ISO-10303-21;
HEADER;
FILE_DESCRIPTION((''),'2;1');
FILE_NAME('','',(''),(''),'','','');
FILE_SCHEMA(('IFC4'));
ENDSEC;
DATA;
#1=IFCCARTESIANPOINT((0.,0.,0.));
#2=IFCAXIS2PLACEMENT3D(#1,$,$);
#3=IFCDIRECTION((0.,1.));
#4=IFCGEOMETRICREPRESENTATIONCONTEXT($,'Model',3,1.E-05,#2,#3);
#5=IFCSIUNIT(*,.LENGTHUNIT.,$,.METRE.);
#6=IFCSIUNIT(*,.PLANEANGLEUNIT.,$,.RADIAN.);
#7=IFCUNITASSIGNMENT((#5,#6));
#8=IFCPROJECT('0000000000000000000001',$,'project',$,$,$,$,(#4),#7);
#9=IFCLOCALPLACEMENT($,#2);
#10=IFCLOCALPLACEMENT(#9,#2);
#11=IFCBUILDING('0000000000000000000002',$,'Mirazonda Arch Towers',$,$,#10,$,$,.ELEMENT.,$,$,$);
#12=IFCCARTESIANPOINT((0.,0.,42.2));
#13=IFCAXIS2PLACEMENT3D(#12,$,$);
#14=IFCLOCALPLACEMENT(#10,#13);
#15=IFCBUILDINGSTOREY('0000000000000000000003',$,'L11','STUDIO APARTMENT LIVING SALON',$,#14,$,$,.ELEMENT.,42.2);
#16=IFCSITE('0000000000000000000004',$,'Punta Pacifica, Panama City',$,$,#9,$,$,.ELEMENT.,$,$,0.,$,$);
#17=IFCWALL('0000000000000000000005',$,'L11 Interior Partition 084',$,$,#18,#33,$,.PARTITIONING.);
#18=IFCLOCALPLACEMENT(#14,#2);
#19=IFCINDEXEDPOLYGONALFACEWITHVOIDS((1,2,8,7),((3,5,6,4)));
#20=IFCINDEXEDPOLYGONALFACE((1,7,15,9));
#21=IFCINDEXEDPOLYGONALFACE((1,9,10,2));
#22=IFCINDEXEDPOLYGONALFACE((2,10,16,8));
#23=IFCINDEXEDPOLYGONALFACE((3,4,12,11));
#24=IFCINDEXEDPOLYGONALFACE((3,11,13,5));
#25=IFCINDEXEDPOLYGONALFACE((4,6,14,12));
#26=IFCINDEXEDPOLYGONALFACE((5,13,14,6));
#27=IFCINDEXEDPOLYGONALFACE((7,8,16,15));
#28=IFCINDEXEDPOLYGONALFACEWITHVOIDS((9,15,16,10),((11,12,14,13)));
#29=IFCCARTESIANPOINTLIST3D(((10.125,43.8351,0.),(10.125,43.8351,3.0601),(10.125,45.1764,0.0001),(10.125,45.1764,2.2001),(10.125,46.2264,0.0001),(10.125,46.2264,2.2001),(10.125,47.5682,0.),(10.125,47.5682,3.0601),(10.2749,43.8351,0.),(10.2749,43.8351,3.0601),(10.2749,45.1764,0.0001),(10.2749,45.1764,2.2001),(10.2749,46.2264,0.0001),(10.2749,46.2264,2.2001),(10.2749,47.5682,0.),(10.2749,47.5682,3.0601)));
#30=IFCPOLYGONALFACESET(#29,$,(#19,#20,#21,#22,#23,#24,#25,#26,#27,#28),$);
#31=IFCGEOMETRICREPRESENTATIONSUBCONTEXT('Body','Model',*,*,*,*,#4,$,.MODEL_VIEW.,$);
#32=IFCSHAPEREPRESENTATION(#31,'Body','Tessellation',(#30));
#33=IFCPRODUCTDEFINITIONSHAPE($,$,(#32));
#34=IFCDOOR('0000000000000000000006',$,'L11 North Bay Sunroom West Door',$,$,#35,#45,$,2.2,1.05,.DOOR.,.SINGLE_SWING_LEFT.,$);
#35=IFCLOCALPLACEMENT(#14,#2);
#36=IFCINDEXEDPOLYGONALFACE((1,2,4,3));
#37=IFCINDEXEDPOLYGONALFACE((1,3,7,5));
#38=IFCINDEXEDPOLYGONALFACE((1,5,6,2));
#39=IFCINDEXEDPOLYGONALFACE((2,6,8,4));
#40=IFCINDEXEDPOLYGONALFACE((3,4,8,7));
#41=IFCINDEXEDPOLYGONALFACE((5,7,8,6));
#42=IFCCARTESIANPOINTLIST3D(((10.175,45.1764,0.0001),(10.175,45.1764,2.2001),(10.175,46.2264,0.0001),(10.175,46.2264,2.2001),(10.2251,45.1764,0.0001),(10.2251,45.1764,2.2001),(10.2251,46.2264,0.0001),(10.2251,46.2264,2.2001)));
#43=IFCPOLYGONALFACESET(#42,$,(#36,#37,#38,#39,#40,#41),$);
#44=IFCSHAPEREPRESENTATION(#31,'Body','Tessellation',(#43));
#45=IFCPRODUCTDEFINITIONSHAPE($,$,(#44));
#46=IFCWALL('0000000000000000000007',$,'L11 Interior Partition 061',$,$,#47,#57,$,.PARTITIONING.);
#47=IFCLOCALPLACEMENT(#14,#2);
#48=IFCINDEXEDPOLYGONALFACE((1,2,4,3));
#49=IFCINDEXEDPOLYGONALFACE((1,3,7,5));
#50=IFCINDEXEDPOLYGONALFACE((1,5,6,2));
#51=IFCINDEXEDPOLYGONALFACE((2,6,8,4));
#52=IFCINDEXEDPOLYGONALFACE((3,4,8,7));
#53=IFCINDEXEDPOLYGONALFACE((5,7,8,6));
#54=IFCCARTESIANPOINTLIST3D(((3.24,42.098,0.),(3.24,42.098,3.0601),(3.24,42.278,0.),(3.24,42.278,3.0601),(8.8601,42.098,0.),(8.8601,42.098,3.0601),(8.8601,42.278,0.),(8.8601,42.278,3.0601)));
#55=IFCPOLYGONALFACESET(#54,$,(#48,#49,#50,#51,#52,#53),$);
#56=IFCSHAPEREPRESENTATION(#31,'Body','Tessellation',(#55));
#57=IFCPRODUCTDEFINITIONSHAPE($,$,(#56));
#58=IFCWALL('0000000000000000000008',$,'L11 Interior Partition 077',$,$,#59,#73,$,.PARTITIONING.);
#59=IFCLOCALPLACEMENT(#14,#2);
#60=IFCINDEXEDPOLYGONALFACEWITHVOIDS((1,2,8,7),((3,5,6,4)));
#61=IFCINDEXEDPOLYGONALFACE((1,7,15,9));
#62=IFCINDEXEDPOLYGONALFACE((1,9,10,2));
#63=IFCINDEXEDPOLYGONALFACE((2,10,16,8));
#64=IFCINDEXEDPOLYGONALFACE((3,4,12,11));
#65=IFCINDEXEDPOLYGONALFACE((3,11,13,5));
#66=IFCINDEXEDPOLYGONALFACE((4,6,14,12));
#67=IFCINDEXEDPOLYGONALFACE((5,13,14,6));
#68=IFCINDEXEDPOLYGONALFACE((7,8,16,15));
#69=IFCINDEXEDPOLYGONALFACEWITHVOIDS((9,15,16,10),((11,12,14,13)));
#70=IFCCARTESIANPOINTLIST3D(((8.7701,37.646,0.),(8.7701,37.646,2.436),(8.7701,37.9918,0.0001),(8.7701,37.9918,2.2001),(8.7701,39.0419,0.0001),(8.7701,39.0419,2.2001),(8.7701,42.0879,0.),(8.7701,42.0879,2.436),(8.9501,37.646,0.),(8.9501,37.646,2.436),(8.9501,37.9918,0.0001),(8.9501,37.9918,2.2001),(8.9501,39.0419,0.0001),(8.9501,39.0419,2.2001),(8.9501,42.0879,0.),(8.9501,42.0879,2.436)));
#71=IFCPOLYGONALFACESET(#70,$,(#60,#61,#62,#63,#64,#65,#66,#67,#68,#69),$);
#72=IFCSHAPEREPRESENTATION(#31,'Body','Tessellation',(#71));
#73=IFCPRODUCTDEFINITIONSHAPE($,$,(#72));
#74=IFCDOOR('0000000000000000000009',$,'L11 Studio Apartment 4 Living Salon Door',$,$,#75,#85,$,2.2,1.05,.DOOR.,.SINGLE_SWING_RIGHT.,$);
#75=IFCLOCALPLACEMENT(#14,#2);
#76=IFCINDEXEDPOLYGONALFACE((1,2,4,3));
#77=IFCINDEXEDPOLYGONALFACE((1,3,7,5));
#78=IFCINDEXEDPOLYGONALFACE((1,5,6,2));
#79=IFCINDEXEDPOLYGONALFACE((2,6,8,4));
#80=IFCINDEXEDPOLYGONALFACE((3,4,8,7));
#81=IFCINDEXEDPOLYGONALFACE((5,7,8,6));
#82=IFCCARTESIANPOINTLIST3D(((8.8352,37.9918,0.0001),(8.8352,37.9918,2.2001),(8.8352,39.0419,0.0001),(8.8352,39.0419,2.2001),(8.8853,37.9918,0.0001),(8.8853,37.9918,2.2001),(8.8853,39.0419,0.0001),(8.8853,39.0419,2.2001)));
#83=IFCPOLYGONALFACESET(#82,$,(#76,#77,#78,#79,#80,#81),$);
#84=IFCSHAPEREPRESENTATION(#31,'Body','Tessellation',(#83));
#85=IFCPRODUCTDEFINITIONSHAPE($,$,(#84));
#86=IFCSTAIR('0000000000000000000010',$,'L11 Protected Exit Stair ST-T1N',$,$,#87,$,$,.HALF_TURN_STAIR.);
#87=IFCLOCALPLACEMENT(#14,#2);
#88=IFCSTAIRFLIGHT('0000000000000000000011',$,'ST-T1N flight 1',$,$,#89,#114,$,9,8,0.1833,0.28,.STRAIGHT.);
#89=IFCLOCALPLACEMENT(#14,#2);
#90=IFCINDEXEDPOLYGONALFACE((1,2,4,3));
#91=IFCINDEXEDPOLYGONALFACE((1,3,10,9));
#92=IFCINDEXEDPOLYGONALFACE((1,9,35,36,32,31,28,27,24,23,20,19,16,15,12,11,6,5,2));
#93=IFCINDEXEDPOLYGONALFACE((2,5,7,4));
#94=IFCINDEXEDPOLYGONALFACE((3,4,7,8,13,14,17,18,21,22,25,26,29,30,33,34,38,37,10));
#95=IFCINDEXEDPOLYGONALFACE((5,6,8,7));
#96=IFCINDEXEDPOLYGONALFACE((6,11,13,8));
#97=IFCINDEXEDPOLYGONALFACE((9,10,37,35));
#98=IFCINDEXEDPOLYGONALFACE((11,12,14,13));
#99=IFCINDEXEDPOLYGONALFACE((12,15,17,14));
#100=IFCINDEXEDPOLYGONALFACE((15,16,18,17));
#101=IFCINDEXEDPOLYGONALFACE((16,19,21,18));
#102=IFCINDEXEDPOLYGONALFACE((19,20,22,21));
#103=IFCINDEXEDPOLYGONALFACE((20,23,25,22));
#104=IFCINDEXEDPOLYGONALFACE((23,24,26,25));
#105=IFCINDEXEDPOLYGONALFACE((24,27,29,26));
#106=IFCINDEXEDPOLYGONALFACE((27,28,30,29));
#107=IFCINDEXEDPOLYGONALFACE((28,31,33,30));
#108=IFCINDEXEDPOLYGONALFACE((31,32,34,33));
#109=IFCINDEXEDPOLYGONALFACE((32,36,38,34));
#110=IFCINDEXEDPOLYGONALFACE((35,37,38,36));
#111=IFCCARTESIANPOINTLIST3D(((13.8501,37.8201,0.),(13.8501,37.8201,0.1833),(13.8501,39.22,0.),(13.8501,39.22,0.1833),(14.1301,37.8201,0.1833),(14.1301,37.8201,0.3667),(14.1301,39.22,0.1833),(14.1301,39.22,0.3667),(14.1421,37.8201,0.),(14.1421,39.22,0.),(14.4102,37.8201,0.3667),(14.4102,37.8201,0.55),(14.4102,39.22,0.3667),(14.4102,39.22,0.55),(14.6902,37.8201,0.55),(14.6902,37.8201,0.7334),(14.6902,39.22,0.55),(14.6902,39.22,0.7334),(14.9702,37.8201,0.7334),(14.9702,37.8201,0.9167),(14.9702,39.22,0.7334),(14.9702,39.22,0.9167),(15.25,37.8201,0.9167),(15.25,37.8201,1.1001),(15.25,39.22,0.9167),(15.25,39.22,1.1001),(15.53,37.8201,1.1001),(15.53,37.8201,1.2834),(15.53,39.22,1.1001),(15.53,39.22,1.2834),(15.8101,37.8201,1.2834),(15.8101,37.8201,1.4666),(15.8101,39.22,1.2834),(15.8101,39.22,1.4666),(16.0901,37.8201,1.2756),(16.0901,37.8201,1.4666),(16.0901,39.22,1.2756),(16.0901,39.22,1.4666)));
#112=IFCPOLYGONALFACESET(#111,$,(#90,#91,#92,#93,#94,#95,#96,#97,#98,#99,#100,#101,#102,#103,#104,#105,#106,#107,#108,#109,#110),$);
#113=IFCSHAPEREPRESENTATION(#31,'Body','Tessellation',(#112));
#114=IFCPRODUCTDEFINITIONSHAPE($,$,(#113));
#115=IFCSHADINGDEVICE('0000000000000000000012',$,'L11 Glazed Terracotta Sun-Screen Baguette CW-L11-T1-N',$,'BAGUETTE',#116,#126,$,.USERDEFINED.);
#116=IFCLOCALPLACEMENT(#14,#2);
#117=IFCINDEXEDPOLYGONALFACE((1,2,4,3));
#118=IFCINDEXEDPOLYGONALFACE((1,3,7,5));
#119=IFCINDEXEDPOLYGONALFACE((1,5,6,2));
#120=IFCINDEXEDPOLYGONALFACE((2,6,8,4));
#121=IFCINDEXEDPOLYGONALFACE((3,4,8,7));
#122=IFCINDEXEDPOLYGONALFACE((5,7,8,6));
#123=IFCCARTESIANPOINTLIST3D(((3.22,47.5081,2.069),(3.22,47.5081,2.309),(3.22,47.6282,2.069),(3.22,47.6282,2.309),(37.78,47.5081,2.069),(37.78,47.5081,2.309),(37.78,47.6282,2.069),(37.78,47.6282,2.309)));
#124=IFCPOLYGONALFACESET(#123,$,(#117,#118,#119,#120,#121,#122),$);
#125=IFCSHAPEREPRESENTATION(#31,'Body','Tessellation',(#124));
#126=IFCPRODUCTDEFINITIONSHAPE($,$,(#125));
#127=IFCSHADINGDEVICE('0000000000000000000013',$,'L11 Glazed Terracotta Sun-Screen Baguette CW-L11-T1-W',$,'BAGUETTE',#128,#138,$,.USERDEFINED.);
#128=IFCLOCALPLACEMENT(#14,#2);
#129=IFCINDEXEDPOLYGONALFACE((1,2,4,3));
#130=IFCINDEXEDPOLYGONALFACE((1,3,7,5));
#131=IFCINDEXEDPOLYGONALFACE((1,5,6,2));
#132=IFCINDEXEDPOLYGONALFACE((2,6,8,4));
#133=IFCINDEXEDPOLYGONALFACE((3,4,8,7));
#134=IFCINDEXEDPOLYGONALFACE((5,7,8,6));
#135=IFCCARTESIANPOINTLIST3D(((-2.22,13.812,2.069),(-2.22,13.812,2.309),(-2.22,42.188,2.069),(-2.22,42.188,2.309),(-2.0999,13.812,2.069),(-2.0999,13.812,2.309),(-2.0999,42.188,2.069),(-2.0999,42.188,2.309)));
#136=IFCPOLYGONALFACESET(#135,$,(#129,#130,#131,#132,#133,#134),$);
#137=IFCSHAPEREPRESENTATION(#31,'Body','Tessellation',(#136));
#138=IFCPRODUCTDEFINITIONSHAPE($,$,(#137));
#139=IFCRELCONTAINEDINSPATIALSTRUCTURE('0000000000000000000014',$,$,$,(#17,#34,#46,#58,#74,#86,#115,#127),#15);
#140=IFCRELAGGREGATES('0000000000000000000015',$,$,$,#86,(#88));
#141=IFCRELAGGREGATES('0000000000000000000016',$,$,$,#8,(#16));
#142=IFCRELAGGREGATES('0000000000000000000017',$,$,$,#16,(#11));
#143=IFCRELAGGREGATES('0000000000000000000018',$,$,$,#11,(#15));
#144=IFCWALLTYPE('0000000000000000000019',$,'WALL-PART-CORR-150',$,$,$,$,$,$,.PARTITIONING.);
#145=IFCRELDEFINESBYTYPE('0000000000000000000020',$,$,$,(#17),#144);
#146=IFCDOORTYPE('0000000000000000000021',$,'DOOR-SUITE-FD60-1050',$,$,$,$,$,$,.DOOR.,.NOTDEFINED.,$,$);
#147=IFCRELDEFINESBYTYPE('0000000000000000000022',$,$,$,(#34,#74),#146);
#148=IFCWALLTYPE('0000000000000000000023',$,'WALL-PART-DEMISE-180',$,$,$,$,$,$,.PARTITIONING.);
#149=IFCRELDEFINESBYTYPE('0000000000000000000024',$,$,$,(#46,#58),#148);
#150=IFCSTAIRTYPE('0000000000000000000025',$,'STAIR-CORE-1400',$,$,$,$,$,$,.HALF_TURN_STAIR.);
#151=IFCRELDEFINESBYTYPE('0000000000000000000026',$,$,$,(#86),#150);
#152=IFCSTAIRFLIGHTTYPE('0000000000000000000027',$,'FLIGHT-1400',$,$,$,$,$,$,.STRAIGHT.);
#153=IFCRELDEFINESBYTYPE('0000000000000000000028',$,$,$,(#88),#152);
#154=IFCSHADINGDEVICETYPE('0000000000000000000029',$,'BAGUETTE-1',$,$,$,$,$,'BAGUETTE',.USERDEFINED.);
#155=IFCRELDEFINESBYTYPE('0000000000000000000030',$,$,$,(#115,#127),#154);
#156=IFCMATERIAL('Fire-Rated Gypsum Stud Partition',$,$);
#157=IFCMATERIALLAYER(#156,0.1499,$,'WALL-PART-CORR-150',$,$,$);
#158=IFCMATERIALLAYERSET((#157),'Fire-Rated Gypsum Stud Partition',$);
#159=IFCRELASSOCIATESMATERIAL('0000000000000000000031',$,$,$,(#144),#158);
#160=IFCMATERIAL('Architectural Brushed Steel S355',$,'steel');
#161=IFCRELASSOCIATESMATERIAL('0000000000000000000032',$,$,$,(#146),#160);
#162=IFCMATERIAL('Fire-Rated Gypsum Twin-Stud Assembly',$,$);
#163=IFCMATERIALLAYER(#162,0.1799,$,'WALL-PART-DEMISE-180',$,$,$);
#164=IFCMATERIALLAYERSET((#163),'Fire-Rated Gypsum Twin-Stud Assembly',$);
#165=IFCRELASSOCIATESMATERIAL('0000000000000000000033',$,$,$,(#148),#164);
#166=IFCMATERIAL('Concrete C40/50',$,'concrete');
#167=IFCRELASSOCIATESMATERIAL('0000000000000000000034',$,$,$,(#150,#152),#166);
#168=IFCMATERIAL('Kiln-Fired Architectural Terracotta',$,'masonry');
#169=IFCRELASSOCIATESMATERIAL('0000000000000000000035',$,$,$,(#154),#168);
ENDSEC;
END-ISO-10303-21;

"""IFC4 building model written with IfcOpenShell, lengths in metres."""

from ifc_helpers import new_model, si_unit, direction, frame, frame_2d, origin, origin_2d, place, context, subcontext, project, spatial, polyline, rectangle, outline, extrude, material, layer, layer_set, material_profile, profile_set, type_object, element, fill, aggregate, save


model = new_model("IFC4")

# Units and contexts
model_context = context("Model", 3, precision=1e-05, world=origin(), true_north=direction((0.0, 1.0)))
body_context = subcontext(model_context, "Body", "Model", "MODEL_VIEW")
ifc_project = project(units=[si_unit("LENGTHUNIT", "METRE"), si_unit("PLANEANGLEUNIT", "RADIAN")], contexts=[model_context])

# Site, building, storey
site_placement = place(None, origin())
site = spatial("IfcSite", under=ifc_project, at=site_placement, Name="Punta Pacifica, Panama City", CompositionType="ELEMENT", RefElevation=0.0)
building_placement = place(site_placement, origin())
building = spatial("IfcBuilding", under=site, at=building_placement, Name="Mirazonda Arch Towers", CompositionType="ELEMENT")
storey_placement = place(building_placement, frame((0.0, 0.0, 42.2)))
storey = spatial("IfcBuildingStorey", under=building, at=storey_placement, Name="L11", Description="STUDIO APARTMENT LIVING SALON", CompositionType="ELEMENT", Elevation=42.2)

# Shared definitions
ifc_material_1 = material(Name="Fire-Rated Gypsum Stud Partition")
ifc_layer_1 = layer(ifc_material_1, 0.1499, Name="WALL-PART-CORR-150")
ifc_layer_set_1 = layer_set([ifc_layer_1], Name="Fire-Rated Gypsum Stud Partition")
wall_type_1 = type_object("IfcWallType", Name="WALL-PART-CORR-150", PredefinedType="PARTITIONING", material=ifc_layer_set_1)

# Wall, opening, door
wall_1_placement = place(storey_placement, frame((10.2, 43.835, 0.0), z_axis=(0.0, 0.0, 1.0), x_axis=(0.0, 1.0, 0.0)))
wall_1 = element("IfcWall", 1, at=wall_1_placement, inside=storey, type_object=wall_type_1, Name="L11 Interior Partition 084", PredefinedType="PARTITIONING", context=body_context, shape_type="SweptSolid", body=[
    extrude(rectangle(XDim=3.7332, YDim=0.1499, at=frame_2d((1.8667, 0.0))), origin(), (0.0, 0.0, 1.0), 3.0601),
])
opening_1_placement = place(wall_1_placement, frame((1.3416, 0.0, 0.0)))
opening_1 = element("IfcOpeningElement", 2, at=opening_1_placement, cuts=wall_1, PredefinedType="OPENING", context=body_context, shape_type="SweptSolid", body=[
    extrude(rectangle(XDim=1.05, YDim=2.2, at=frame_2d((0.5249, 1.1001))), frame((0.0, 0.085, 0.0), z_axis=(0.0, -1.0, 0.0), x_axis=(1.0, 0.0, 0.0)), (0.0, 0.0, 1.0), 0.1699),
])
ifc_material_2 = material(Name="Architectural Brushed Steel S355", Category="steel")
door_type_1 = type_object("IfcDoorType", Name="DOOR-SUITE-FD60-1050", OperationType="NOTDEFINED", PredefinedType="DOOR", material=ifc_material_2)
door_1_placement = place(opening_1_placement, origin())
door_1 = element("IfcDoor", 3, at=door_1_placement, inside=storey, type_object=door_type_1, Name="L11 North Bay Sunroom West Door", OperationType="SINGLE_SWING_LEFT", OverallHeight=2.2, OverallWidth=1.05, PredefinedType="DOOR", context=body_context, shape_type="SweptSolid", body=[
    extrude(rectangle(XDim=1.05, YDim=2.2, at=frame_2d((0.5249, 1.1001))), frame((0.0, 0.0249, 0.0), z_axis=(0.0, -1.0, 0.0), x_axis=(1.0, 0.0, 0.0)), (0.0, 0.0, 1.0), 0.05),
])
fill(opening_1, door_1)

# Wall
ifc_material_3 = material(Name="Fire-Rated Gypsum Twin-Stud Assembly")
ifc_layer_2 = layer(ifc_material_3, 0.1799, Name="WALL-PART-DEMISE-180")
ifc_layer_set_2 = layer_set([ifc_layer_2], Name="Fire-Rated Gypsum Twin-Stud Assembly")
wall_type_2 = type_object("IfcWallType", Name="WALL-PART-DEMISE-180", PredefinedType="PARTITIONING", material=ifc_layer_set_2)
wall_2_placement = place(storey_placement, frame((3.24, 42.188, 0.0), z_axis=(0.0, 0.0, 1.0), x_axis=(1.0, 0.0, 0.0)))
element("IfcWall", 4, at=wall_2_placement, inside=storey, type_object=wall_type_2, Name="L11 Interior Partition 061", PredefinedType="PARTITIONING", context=body_context, shape_type="SweptSolid", body=[
    extrude(rectangle(XDim=5.6201, YDim=0.1799, at=frame_2d((2.8101, 0.0))), origin(), (0.0, 0.0, 1.0), 3.0601),
])

# Wall, opening, door
wall_3_placement = place(storey_placement, frame((8.8601, 37.646, 0.0), z_axis=(0.0, 0.0, 1.0), x_axis=(0.0, 1.0, 0.0)))
wall_3 = element("IfcWall", 5, at=wall_3_placement, inside=storey, type_object=wall_type_2, Name="L11 Interior Partition 077", PredefinedType="PARTITIONING", context=body_context, shape_type="SweptSolid", body=[
    extrude(rectangle(XDim=4.4419, YDim=0.1799, at=frame_2d((2.2209, 0.0))), origin(), (0.0, 0.0, 1.0), 2.436),
])
opening_2_placement = place(wall_3_placement, frame((0.3459, 0.0, 0.0)))
opening_2 = element("IfcOpeningElement", 6, at=opening_2_placement, cuts=wall_3, PredefinedType="OPENING", context=body_context, shape_type="SweptSolid", body=[
    extrude(rectangle(XDim=1.05, YDim=2.2, at=frame_2d((0.5249, 1.1001))), frame((0.0, 0.0999, 0.0), z_axis=(0.0, -1.0, 0.0), x_axis=(1.0, 0.0, 0.0)), (0.0, 0.0, 1.0), 0.2),
])
door_2_placement = place(opening_2_placement, origin())
door_2 = element("IfcDoor", 7, at=door_2_placement, inside=storey, type_object=door_type_1, Name="L11 Studio Apartment 4 Living Salon Door", OperationType="SINGLE_SWING_RIGHT", OverallHeight=2.2, OverallWidth=1.05, PredefinedType="DOOR", context=body_context, shape_type="SweptSolid", body=[
    extrude(rectangle(XDim=1.05, YDim=2.2, at=frame_2d((0.5249, 1.1001))), frame((0.0, 0.0249, 0.0), z_axis=(0.0, -1.0, 0.0), x_axis=(1.0, 0.0, 0.0)), (0.0, 0.0, 1.0), 0.05),
])
fill(opening_2, door_2)

# Stair, stair flight
ifc_material_4 = material(Name="Concrete C40/50", Category="concrete")
stair_type = type_object("IfcStairType", Name="STAIR-CORE-1400", PredefinedType="HALF_TURN_STAIR", material=ifc_material_4)
stair_placement = place(storey_placement, origin())
stair = element("IfcStair", 8, at=stair_placement, inside=storey, type_object=stair_type, Name="L11 Protected Exit Stair ST-T1N", PredefinedType="HALF_TURN_STAIR")
stair_flight_type = type_object("IfcStairFlightType", Name="FLIGHT-1400", PredefinedType="STRAIGHT", material=ifc_material_4)
stair_flight_placement = place(storey_placement, frame((13.8501, 38.52, 0.0), z_axis=(0.0, 0.0, 1.0), x_axis=(1.0, 0.0, 0.0)))
stair_flight = element("IfcStairFlight", 9, at=stair_flight_placement, type_object=stair_flight_type, Name="ST-T1N flight 1", NumberOfRisers=9, NumberOfTreads=8, PredefinedType="STRAIGHT", RiserHeight=0.1833, TreadLength=0.28, context=body_context, shape_type="SweptSolid", body=[
    extrude(outline(polyline([(0.0, 0.0), (0.0, 0.1833), (0.28, 0.1833), (0.28, 0.3667), (0.5601, 0.3667), (0.5601, 0.55), (0.8401, 0.55), (0.8401, 0.7334), (1.1201, 0.7334), (1.1201, 0.9167), (1.3999, 0.9167), (1.3999, 1.1001), (1.6799, 1.1001), (1.6799, 1.2834), (1.96, 1.2834), (1.96, 1.4666), (2.24, 1.4666), (2.24, 1.6499), (2.24, 1.2756), (0.292, 0.0), (0.0, 0.0)])), frame((0.0, 0.7, 0.0), z_axis=(0.0, -1.0, 0.0), x_axis=(1.0, 0.0, 0.0)), (0.0, 0.0, 1.0), 1.3999),
])
aggregate(stair, [stair_flight])

# Shading devices
ifc_material_5 = material(Name="Kiln-Fired Architectural Terracotta", Category="masonry")
ifc_material_profile_1 = material_profile(ifc_material_5, rectangle(XDim=0.1201, YDim=0.24, at=origin_2d()), Name="TERRA-BAG-120x240")
ifc_profile_set_1 = profile_set([ifc_material_profile_1], Name="Kiln-Fired Architectural Terracotta")
shading_device_type = type_object("IfcShadingDeviceType", Name="BAGUETTE-1", ElementType="BAGUETTE", PredefinedType="USERDEFINED", material=ifc_profile_set_1)
shading_device_1_placement = place(storey_placement, frame((3.22, 47.5681, 2.189), z_axis=(1.0, 0.0, 0.0), x_axis=(0.0, 1.0, 0.0)))
element("IfcShadingDevice", 10, at=shading_device_1_placement, inside=storey, type_object=shading_device_type, Name="L11 Glazed Terracotta Sun-Screen Baguette CW-L11-T1-N", ObjectType="BAGUETTE", PredefinedType="USERDEFINED", context=body_context, shape_type="SweptSolid", body=[
    extrude(rectangle(XDim=0.1201, YDim=0.24, at=origin_2d()), origin(), (0.0, 0.0, 1.0), 34.5601),
])
shading_device_2_placement = place(storey_placement, frame((-2.1599, 42.188, 2.189), z_axis=(0.0, -1.0, 0.0), x_axis=(1.0, 0.0, 0.0)))
element("IfcShadingDevice", 11, at=shading_device_2_placement, inside=storey, type_object=shading_device_type, Name="L11 Glazed Terracotta Sun-Screen Baguette CW-L11-T1-W", ObjectType="BAGUETTE", PredefinedType="USERDEFINED", context=body_context, shape_type="SweptSolid", body=[
    extrude(rectangle(XDim=0.1201, YDim=0.24, at=origin_2d()), origin(), (0.0, 0.0, 1.0), 28.376),
])

save(model, "model.ifc")
